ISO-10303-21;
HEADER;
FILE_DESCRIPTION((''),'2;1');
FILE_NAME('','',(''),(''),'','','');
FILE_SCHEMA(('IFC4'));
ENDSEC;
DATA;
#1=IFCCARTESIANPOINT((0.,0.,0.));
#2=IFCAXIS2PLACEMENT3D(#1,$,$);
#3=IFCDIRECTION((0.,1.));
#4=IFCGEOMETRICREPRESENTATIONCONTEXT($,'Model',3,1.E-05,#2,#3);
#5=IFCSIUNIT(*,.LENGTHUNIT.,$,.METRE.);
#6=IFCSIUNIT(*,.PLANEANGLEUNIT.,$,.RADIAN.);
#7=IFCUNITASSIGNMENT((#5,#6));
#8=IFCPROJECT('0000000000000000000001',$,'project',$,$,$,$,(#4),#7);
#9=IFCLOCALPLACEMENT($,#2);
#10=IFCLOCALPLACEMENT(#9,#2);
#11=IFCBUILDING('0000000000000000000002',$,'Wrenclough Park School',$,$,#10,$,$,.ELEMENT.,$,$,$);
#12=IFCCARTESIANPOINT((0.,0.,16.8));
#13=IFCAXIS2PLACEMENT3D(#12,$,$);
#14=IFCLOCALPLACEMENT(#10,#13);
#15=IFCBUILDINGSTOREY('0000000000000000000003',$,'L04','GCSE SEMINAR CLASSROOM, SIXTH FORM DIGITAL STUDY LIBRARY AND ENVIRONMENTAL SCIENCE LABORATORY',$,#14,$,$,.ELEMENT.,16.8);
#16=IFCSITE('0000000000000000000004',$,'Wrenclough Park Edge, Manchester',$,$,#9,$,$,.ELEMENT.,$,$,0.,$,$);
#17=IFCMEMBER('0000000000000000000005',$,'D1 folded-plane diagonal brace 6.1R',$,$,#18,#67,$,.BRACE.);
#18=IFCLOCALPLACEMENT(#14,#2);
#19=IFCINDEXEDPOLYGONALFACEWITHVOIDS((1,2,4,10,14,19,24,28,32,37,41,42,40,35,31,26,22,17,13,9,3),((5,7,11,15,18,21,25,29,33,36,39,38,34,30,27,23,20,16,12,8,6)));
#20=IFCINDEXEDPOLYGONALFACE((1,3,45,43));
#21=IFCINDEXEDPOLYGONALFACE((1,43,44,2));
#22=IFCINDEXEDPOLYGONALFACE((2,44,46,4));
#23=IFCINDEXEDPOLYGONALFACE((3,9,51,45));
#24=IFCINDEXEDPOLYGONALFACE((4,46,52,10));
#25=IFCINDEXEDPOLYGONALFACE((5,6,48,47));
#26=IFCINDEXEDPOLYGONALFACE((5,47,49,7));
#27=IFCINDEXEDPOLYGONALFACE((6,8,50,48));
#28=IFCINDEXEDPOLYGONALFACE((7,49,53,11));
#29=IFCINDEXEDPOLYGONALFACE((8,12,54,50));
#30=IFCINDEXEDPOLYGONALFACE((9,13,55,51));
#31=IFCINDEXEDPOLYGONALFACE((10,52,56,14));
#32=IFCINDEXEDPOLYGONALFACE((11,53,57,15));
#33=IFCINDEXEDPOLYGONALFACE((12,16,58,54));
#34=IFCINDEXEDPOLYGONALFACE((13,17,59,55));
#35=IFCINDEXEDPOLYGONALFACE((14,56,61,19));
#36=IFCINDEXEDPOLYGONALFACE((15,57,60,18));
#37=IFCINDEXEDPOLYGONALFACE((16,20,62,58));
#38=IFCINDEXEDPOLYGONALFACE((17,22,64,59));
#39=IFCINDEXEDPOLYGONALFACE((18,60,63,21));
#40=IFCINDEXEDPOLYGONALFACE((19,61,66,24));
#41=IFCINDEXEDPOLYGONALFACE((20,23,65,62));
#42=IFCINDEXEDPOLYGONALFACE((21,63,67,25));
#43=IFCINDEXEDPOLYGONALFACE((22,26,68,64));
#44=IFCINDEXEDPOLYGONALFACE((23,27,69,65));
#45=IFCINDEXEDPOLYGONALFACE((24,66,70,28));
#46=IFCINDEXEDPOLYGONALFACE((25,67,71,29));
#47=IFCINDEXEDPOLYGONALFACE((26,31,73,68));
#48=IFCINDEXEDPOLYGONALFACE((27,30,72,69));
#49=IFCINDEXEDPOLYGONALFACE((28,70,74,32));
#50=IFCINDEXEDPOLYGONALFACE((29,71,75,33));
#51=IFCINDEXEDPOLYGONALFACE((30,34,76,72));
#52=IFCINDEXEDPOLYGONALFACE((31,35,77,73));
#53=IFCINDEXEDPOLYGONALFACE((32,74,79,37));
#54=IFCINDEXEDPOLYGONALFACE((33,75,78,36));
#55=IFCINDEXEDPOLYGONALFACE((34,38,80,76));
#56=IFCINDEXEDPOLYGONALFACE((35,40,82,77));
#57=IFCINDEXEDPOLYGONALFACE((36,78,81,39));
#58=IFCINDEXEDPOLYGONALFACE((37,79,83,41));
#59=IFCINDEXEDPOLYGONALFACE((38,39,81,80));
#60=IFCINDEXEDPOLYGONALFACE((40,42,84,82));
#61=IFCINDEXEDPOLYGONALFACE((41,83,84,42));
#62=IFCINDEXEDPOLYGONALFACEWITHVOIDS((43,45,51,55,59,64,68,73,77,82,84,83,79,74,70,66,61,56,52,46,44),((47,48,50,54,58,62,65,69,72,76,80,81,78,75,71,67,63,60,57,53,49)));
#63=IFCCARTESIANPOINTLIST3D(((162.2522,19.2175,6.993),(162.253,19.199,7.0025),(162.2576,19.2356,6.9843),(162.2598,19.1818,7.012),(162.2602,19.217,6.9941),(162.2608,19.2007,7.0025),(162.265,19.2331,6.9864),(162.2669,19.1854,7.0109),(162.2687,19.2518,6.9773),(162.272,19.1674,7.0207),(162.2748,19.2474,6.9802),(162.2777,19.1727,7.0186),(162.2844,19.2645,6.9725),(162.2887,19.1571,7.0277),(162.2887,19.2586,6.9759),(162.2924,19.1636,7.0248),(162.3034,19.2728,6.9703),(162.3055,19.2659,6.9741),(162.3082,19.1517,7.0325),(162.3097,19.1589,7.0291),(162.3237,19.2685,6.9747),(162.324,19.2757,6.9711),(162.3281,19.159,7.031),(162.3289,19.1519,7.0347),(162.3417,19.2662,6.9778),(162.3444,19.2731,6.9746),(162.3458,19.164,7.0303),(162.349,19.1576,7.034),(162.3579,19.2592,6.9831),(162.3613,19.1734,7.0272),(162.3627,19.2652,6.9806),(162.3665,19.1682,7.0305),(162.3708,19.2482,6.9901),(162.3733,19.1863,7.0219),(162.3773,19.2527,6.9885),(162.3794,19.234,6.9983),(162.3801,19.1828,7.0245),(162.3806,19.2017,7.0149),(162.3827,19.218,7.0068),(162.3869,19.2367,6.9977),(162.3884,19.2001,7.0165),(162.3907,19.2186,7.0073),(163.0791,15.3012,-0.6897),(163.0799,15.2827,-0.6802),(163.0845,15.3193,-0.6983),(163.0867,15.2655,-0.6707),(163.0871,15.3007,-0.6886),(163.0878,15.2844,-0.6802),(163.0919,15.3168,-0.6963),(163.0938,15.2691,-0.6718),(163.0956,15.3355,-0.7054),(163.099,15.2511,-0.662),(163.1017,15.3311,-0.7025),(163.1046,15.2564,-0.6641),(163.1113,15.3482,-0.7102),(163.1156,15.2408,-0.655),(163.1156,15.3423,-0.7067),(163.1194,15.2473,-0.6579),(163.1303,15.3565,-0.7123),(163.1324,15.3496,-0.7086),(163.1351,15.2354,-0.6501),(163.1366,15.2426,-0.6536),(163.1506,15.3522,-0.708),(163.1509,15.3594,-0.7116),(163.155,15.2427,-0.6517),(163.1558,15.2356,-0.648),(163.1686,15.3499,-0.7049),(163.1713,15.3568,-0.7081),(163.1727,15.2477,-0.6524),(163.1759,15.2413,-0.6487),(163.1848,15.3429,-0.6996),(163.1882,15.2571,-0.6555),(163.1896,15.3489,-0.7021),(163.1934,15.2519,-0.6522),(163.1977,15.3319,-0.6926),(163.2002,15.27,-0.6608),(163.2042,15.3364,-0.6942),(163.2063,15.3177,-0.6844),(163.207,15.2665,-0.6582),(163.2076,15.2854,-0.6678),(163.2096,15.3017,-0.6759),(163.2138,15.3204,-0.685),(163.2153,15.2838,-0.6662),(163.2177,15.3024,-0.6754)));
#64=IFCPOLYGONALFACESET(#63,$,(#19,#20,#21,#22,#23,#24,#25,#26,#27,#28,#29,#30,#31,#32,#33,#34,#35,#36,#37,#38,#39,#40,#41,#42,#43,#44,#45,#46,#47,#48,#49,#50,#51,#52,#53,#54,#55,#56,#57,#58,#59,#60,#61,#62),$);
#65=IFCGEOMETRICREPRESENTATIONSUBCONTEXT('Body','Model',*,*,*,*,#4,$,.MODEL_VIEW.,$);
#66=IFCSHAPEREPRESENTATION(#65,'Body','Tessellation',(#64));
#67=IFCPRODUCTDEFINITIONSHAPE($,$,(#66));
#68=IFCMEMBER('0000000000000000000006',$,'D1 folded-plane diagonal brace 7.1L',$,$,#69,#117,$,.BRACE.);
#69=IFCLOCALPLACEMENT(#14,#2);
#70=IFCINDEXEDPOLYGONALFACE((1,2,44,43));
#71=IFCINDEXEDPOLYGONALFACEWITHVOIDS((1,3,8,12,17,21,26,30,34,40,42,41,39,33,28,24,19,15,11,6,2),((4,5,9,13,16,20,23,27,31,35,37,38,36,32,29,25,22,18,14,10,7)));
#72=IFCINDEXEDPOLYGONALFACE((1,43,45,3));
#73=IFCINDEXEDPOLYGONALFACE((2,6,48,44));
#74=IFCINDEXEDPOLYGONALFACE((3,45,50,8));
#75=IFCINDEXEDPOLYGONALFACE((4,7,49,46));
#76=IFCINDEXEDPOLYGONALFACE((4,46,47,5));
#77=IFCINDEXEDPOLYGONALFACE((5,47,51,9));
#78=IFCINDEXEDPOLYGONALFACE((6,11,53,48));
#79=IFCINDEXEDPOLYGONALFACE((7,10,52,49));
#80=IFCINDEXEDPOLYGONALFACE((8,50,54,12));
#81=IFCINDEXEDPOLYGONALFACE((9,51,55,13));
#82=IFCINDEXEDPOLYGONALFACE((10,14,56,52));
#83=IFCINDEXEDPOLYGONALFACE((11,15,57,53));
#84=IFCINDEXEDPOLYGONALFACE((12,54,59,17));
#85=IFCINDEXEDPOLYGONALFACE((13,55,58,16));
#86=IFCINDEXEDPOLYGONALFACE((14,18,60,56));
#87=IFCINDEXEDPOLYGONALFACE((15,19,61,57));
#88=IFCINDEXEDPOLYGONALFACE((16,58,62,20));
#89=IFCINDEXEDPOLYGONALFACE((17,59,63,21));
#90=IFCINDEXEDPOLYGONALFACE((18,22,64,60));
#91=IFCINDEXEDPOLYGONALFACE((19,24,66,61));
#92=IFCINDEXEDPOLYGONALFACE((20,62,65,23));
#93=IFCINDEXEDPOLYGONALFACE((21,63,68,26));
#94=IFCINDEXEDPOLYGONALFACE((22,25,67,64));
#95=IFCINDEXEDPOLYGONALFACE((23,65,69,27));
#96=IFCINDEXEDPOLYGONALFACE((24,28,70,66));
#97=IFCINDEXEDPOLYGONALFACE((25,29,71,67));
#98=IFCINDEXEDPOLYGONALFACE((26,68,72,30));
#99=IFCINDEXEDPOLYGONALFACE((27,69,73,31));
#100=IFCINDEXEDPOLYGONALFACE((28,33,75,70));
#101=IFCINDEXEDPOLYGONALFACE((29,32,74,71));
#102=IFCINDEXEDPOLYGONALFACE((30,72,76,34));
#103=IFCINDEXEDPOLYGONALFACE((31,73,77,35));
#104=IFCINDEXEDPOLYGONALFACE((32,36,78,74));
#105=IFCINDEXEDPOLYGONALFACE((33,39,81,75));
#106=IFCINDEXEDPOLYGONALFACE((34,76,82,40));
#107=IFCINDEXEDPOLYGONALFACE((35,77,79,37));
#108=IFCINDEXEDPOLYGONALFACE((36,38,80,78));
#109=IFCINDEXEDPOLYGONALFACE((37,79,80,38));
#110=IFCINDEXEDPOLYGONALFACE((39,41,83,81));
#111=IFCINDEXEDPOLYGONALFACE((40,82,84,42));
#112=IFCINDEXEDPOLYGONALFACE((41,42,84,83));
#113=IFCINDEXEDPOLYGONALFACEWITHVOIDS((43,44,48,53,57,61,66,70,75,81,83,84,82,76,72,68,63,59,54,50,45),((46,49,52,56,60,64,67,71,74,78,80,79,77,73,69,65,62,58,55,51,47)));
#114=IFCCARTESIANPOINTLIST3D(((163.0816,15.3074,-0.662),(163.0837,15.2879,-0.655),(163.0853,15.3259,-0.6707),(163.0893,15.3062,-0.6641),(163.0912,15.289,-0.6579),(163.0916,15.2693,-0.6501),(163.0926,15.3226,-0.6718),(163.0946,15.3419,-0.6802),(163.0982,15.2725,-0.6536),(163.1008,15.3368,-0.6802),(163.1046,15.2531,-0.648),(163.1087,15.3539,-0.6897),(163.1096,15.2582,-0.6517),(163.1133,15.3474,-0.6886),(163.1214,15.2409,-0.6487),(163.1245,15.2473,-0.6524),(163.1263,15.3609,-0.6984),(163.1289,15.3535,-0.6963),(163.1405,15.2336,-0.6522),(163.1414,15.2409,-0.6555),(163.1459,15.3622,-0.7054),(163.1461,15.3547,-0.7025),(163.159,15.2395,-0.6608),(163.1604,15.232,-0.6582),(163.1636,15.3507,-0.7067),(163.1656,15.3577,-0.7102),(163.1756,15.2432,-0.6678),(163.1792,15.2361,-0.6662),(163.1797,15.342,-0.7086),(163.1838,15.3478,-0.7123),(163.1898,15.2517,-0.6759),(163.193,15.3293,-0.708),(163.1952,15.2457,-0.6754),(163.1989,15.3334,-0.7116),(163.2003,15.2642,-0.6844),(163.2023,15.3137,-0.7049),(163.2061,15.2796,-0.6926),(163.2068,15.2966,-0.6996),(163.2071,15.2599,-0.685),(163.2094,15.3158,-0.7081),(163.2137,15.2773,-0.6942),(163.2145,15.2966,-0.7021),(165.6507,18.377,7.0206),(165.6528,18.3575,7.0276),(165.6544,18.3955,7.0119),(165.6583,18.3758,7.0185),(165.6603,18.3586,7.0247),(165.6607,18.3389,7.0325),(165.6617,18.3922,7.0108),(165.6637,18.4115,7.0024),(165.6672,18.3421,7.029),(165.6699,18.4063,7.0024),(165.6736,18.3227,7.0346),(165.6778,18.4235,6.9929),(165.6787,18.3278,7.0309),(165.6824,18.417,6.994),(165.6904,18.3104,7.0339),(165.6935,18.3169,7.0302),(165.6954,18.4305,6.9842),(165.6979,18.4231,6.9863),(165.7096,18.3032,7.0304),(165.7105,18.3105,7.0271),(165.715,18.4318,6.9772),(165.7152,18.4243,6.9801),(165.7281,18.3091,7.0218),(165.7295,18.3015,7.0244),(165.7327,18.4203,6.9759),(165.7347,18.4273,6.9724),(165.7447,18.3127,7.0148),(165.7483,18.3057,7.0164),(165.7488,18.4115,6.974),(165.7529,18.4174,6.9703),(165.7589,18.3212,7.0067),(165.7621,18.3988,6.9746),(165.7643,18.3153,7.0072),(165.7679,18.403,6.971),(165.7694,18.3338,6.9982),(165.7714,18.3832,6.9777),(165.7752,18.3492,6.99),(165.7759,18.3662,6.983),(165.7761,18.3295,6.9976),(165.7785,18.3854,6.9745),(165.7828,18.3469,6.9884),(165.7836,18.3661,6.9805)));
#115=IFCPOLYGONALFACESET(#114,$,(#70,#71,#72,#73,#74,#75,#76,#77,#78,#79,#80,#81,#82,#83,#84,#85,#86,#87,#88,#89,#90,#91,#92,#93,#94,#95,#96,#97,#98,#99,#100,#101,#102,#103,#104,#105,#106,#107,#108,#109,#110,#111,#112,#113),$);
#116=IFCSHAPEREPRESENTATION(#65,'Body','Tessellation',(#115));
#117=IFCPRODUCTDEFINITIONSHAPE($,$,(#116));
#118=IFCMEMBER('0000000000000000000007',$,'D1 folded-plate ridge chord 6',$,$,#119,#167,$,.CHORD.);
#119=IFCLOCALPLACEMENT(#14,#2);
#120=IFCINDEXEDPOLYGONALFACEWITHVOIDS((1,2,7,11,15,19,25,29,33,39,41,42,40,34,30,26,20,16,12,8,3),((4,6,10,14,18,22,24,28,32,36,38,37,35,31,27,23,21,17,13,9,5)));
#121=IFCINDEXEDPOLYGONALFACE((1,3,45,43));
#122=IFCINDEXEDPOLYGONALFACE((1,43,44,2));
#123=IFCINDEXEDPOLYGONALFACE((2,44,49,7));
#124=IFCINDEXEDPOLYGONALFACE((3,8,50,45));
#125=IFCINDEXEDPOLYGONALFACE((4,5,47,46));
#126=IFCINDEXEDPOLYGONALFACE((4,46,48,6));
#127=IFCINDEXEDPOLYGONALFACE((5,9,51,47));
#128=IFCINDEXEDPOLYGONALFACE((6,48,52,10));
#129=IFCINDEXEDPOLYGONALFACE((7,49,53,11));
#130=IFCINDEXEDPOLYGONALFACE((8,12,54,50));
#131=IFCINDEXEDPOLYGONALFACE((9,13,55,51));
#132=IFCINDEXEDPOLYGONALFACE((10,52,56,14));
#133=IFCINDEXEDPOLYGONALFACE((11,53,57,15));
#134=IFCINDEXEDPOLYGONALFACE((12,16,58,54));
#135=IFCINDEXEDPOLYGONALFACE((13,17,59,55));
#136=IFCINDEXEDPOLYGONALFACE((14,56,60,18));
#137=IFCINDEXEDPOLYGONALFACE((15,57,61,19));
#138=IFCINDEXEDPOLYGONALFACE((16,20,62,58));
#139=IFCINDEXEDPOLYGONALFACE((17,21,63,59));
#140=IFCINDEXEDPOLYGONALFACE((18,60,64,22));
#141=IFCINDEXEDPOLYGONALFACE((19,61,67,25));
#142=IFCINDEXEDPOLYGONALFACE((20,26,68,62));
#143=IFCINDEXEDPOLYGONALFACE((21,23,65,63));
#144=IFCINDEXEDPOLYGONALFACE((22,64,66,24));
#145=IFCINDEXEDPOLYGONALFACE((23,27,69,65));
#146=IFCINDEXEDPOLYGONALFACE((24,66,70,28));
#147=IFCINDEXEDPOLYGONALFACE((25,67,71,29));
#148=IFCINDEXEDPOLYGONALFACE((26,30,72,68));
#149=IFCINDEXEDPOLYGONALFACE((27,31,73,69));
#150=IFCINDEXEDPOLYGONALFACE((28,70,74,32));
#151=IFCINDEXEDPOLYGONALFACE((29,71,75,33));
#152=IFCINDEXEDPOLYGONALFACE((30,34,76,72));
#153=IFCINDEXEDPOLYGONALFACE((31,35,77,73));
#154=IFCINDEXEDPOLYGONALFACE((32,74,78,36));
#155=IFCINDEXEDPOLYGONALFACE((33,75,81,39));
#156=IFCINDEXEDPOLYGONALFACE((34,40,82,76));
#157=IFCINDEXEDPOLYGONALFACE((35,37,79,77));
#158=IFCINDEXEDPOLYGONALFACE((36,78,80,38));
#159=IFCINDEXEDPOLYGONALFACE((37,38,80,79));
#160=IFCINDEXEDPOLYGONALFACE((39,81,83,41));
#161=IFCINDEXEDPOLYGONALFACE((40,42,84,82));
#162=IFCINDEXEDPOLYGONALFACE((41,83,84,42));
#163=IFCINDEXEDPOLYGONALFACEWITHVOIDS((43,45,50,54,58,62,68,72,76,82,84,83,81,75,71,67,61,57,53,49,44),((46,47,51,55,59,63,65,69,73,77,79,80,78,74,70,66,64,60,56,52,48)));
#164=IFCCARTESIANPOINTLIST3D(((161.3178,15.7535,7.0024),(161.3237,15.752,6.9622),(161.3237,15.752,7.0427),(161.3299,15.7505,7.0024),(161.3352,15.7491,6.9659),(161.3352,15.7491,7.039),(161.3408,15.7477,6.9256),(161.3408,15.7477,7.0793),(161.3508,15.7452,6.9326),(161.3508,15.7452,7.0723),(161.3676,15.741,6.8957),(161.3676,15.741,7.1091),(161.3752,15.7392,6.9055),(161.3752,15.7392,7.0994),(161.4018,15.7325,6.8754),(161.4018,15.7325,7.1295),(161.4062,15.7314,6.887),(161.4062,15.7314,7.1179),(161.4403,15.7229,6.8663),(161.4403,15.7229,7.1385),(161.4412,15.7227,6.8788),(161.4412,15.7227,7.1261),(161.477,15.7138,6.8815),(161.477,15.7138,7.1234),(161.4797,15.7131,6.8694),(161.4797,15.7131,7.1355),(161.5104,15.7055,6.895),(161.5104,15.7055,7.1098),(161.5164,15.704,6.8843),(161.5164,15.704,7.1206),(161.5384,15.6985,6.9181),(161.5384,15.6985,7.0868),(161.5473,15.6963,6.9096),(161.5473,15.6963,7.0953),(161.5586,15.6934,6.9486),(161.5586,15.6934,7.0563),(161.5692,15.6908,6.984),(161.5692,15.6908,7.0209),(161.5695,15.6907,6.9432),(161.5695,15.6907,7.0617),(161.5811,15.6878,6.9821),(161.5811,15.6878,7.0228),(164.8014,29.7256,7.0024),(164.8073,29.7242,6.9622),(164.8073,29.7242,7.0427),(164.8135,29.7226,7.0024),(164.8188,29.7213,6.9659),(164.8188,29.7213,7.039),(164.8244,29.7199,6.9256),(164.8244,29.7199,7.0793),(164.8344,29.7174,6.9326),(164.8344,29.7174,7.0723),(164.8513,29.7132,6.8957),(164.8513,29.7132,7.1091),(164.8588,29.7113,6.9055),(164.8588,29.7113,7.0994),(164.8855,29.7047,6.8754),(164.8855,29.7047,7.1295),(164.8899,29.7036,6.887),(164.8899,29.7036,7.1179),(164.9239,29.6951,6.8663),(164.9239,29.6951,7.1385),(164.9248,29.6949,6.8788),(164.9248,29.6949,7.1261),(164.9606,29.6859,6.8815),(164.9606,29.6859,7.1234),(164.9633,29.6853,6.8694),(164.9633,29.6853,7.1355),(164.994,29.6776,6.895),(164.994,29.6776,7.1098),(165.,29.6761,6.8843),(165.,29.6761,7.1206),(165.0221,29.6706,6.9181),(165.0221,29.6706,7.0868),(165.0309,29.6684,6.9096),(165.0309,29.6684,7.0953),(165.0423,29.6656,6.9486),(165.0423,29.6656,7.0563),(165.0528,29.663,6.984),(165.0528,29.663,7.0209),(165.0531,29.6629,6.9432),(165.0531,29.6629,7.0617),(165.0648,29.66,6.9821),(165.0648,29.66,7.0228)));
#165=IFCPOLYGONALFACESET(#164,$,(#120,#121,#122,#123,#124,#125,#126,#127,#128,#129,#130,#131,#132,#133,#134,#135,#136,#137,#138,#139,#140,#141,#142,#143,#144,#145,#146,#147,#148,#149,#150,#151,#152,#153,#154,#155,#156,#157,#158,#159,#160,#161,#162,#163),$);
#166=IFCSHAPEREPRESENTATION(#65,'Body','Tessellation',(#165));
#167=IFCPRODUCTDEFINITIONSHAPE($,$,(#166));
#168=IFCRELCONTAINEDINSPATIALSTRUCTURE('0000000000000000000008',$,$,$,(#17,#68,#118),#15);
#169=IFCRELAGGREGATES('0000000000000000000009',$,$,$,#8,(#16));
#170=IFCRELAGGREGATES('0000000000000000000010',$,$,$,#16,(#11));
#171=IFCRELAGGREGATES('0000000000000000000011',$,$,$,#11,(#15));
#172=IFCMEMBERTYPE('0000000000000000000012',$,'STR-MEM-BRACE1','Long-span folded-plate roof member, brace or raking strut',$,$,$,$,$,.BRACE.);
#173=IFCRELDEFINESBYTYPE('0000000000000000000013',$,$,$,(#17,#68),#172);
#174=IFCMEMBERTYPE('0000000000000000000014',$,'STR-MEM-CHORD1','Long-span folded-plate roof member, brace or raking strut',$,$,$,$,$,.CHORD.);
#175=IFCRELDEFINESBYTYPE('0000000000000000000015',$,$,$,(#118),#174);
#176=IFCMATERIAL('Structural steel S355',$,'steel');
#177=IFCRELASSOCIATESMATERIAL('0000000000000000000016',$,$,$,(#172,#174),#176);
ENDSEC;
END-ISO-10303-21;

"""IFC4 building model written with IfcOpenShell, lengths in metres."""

from ifc_helpers import new_model, si_unit, direction, frame, origin, origin_2d, place, context, subcontext, project, spatial, hollow_circle, extrude, material, material_profile, profile_set, type_object, element, save


model = new_model("IFC4")

# Units and contexts
model_context = context("Model", 3, precision=1e-05, world=origin(), true_north=direction((0.0, 1.0)))
body_context = subcontext(model_context, "Body", "Model", "MODEL_VIEW")
ifc_project = project(units=[si_unit("LENGTHUNIT", "METRE"), si_unit("PLANEANGLEUNIT", "RADIAN")], contexts=[model_context])

# Site, building, storey
site_placement = place(None, origin())
site = spatial("IfcSite", under=ifc_project, at=site_placement, Name="Wrenclough Park Edge, Manchester", CompositionType="ELEMENT", RefElevation=0.0)
building_placement = place(site_placement, origin())
building = spatial("IfcBuilding", under=site, at=building_placement, Name="Wrenclough Park School", CompositionType="ELEMENT")
storey_placement = place(building_placement, frame((0.0, 0.0, 16.8)))
storey = spatial("IfcBuildingStorey", under=building, at=storey_placement, Name="L04", Description="GCSE SEMINAR CLASSROOM, SIXTH FORM DIGITAL STUDY LIBRARY AND ENVIRONMENTAL SCIENCE LABORATORY", CompositionType="ELEMENT", Elevation=16.8)

# Shared definitions
ifc_material_1 = material(Name="Structural steel S355", Category="steel")

# Members
ifc_material_profile_1 = material_profile(ifc_material_1, hollow_circle(Radius=0.0698, WallThickness=0.0081, at=origin_2d()), Name="CHS 139.7x8.0")
ifc_profile_set_1 = profile_set([ifc_material_profile_1], Name="Structural steel S355")
member_type_1 = type_object("IfcMemberType", Name="STR-MEM-BRACE1", Description="Long-span folded-plate roof member, brace or raking strut", PredefinedType="BRACE", material=ifc_profile_set_1)
for number, where, z_axis, x_axis, name in (
    (1, (163.1482, 15.2971, -0.6802), (-0.095455, 0.45208, 0.886855), (-0.978427, -0.206591, 0.0), "D1 folded-plane diagonal brace 6.1R"),
    (2, (163.1482, 15.2971, -0.6802), (0.296564, 0.354338, 0.886845), (-0.766855, 0.641821, 0.0), "D1 folded-plane diagonal brace 7.1L"),
):
    element("IfcMember", number, at=place(storey_placement, frame(where, z_axis=z_axis, x_axis=x_axis)), inside=storey, type_object=member_type_1, Name=name, PredefinedType="BRACE", context=body_context, shape_type="SweptSolid", body=[
        extrude(hollow_circle(Radius=0.0698, WallThickness=0.0081, at=origin_2d()), origin(), (0.0, 0.0, 1.0), 8.6628),
    ])
ifc_material_profile_2 = material_profile(ifc_material_1, hollow_circle(Radius=0.1365, WallThickness=0.0125, at=origin_2d()), Name="CHS 273.0x12.5")
ifc_profile_set_2 = profile_set([ifc_material_profile_2], Name="Structural steel S355")
member_type_2 = type_object("IfcMemberType", Name="STR-MEM-CHORD1", Description="Long-span folded-plate roof member, brace or raking strut", PredefinedType="CHORD", material=ifc_profile_set_2)
member_1_placement = place(storey_placement, frame((161.4502, 15.7205, 7.0024), z_axis=(0.241921, 0.970296, 0.0), x_axis=(-0.970296, 0.241921, 0.0)))
element("IfcMember", 3, at=member_1_placement, inside=storey, type_object=member_type_2, Name="D1 folded-plate ridge chord 6", PredefinedType="CHORD", context=body_context, shape_type="SweptSolid", body=[
    extrude(hollow_circle(Radius=0.1365, WallThickness=0.0125, at=origin_2d()), origin(), (0.0, 0.0, 1.0), 14.3999),
])

save(model, "model.ifc")
